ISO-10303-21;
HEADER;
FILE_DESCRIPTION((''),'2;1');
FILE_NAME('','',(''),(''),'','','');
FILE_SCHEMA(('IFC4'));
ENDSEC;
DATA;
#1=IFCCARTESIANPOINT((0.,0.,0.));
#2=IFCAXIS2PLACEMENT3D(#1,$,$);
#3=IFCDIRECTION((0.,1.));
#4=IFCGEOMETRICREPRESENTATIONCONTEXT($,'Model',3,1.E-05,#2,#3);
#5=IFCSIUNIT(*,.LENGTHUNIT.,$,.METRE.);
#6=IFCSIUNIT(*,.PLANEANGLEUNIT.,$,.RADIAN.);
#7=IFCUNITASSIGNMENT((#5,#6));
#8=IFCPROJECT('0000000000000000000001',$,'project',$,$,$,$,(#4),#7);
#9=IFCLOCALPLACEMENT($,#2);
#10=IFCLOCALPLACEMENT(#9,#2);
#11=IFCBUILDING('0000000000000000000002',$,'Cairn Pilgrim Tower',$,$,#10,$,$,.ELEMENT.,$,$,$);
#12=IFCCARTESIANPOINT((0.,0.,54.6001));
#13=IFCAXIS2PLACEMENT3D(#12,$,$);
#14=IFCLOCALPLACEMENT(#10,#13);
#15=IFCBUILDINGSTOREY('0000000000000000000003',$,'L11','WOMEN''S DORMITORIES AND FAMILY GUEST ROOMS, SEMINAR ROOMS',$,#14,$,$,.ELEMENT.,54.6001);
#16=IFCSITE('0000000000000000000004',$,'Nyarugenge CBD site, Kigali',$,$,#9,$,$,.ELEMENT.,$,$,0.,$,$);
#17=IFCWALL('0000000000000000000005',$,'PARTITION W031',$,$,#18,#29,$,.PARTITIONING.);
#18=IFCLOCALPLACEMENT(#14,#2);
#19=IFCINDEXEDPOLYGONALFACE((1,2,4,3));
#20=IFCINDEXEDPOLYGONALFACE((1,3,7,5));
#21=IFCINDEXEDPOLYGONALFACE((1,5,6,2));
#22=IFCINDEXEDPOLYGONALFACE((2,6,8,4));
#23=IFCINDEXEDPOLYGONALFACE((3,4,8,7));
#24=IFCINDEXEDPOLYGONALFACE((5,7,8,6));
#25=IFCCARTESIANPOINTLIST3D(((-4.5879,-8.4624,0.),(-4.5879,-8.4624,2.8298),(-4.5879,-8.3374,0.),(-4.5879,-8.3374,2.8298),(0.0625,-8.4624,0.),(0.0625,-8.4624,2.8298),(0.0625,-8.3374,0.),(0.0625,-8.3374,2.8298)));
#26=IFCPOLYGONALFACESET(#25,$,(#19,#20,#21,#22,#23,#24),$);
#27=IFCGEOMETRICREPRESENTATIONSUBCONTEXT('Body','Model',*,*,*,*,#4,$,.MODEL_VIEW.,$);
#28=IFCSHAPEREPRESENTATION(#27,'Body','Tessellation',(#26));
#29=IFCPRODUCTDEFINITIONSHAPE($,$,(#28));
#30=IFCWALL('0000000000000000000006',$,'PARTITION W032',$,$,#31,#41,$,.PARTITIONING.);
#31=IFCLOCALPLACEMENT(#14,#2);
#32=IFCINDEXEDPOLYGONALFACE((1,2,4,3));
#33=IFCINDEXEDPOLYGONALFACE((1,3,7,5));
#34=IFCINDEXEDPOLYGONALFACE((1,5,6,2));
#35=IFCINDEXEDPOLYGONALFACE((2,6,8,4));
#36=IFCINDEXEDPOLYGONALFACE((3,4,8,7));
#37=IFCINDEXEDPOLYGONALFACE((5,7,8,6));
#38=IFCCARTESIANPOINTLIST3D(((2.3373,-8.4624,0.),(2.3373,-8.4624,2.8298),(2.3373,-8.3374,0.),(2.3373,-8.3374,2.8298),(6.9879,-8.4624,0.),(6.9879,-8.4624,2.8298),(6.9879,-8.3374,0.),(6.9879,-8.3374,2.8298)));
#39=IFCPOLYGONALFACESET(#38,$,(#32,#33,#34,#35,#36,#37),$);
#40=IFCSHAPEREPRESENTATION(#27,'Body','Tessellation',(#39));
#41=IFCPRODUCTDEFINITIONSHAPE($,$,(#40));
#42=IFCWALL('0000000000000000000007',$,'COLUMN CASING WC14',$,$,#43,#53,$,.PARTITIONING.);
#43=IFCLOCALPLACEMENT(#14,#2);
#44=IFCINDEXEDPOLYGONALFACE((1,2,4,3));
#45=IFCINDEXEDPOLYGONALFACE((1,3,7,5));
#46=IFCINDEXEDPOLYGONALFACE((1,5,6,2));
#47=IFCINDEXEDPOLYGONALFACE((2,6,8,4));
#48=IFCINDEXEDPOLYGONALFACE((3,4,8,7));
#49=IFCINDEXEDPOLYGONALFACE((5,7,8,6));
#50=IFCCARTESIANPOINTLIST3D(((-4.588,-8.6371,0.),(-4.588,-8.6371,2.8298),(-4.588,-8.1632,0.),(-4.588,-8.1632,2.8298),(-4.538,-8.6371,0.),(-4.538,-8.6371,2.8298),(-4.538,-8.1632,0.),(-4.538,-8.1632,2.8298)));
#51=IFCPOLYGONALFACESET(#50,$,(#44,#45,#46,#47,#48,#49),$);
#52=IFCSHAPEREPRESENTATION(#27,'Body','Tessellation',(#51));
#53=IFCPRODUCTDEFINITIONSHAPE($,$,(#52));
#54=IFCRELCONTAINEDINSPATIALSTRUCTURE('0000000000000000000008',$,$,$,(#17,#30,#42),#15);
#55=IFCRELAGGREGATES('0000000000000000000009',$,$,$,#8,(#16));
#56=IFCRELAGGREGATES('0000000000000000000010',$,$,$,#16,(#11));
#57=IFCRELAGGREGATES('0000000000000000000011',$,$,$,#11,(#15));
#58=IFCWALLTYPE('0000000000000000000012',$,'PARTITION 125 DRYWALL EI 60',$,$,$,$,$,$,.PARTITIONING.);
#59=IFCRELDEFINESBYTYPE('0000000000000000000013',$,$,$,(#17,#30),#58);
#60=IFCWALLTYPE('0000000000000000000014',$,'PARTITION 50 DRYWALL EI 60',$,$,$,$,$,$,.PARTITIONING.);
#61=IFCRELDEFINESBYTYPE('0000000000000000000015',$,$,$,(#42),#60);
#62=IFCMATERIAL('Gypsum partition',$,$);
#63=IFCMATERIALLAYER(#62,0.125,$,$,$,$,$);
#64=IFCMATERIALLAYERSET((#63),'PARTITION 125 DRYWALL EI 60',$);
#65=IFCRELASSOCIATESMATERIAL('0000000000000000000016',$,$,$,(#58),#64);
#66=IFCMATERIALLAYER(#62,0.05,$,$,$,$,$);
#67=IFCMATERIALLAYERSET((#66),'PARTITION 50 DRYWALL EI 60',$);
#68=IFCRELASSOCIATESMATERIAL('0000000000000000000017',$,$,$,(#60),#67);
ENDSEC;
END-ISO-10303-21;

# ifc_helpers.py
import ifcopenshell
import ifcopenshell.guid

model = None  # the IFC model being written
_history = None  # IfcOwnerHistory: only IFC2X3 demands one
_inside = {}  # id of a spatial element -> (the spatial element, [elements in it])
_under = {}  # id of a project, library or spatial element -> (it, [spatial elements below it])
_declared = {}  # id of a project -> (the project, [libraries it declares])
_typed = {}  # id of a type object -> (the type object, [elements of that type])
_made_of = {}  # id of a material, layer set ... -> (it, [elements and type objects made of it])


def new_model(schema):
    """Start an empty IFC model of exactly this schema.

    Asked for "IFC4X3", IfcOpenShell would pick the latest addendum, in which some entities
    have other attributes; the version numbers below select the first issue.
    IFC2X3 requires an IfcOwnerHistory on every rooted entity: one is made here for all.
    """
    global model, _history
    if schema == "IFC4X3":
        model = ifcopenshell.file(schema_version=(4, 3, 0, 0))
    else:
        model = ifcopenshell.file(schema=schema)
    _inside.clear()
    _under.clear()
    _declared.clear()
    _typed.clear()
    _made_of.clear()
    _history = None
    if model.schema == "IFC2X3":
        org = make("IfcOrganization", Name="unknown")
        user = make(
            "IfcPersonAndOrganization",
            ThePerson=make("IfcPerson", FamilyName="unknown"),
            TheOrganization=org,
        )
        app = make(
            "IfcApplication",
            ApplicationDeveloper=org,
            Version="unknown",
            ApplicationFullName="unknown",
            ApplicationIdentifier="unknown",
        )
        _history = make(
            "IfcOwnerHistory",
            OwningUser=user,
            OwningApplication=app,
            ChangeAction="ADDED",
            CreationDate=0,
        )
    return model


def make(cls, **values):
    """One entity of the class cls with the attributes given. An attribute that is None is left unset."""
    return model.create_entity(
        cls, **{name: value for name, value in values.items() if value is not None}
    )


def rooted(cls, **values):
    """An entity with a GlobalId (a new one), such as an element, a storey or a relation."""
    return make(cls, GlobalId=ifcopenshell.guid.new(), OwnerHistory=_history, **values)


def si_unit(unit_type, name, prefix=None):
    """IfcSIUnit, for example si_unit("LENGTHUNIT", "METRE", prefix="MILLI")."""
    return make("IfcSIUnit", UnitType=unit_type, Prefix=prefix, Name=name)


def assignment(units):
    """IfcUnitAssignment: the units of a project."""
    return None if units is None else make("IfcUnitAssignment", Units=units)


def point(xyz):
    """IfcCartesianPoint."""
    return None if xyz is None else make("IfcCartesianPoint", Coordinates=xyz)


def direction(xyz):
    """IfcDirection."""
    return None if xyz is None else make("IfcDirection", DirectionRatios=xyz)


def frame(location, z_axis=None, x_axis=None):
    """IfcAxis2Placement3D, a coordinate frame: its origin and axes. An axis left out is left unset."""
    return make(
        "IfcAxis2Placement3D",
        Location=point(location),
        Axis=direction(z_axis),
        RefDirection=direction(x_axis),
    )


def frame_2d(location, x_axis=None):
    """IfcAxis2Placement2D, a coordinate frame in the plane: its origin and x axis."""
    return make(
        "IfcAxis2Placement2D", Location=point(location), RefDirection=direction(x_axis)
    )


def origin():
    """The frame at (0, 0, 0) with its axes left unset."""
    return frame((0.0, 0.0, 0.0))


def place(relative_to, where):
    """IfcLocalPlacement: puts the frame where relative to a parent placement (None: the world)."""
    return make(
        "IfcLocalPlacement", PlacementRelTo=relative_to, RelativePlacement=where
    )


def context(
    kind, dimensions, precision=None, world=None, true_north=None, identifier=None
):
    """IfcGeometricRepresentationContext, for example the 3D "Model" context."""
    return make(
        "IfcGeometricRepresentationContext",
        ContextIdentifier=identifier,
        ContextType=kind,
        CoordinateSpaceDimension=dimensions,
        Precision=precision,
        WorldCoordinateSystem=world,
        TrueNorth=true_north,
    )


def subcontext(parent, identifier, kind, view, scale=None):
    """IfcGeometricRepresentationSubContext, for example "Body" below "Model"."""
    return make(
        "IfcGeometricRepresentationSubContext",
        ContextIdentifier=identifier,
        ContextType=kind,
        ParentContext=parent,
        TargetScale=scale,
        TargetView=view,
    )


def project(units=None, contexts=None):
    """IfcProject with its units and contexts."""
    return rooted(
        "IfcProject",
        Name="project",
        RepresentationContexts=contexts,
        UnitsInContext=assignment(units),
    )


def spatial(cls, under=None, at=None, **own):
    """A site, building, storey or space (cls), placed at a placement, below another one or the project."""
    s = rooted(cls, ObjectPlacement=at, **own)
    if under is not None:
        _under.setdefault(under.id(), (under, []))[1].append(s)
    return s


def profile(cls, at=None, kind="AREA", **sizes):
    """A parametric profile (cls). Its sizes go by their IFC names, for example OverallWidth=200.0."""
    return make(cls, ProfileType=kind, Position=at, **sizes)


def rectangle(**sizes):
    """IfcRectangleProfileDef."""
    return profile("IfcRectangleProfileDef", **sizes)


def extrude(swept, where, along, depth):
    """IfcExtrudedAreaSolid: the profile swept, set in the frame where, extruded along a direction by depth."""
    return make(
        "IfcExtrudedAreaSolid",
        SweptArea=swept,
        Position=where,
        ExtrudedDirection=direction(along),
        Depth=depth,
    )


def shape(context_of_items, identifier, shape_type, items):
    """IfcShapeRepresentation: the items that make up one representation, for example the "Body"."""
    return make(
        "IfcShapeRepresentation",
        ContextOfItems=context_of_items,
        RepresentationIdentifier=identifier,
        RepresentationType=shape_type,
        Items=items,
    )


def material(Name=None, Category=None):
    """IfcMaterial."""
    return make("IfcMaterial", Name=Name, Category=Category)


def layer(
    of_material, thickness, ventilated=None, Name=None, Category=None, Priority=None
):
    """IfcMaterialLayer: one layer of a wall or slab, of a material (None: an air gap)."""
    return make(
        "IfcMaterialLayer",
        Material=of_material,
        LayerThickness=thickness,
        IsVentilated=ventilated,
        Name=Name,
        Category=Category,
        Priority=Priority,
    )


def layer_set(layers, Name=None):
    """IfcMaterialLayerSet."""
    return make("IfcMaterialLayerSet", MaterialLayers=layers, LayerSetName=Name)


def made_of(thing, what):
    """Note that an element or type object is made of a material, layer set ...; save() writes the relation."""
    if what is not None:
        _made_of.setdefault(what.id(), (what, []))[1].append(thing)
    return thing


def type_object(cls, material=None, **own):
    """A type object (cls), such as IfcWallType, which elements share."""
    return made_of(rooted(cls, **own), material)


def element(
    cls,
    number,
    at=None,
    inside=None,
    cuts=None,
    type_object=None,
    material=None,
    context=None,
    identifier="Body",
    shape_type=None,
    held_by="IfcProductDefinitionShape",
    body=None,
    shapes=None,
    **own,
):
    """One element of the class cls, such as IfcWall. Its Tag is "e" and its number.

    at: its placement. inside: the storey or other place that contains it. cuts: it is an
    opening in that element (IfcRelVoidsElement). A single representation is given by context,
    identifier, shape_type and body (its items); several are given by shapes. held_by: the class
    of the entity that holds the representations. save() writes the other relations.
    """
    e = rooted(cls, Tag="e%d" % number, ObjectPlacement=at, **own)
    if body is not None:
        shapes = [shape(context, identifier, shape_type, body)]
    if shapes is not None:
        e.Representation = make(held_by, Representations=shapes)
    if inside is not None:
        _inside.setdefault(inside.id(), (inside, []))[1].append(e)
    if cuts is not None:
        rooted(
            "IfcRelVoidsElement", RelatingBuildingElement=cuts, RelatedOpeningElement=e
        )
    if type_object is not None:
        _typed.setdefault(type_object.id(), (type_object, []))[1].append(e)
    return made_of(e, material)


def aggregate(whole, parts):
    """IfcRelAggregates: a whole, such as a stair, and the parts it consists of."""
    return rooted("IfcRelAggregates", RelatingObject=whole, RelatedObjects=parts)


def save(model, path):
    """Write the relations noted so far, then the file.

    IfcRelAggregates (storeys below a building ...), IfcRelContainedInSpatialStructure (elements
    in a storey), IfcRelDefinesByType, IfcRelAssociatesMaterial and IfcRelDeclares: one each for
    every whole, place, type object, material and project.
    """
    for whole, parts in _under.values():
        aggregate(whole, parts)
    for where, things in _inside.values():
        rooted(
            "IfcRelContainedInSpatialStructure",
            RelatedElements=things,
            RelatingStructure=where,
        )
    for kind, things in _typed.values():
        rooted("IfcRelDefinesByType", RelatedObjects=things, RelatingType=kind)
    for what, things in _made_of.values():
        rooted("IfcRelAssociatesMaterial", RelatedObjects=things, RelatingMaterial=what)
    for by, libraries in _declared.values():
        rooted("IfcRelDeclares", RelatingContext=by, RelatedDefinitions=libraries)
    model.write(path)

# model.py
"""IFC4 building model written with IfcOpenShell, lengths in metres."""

from ifc_helpers import new_model, si_unit, direction, frame, frame_2d, origin, place, context, subcontext, project, spatial, rectangle, extrude, material, layer, layer_set, type_object, element, save


model = new_model("IFC4")

# Units and contexts
model_context = context("Model", 3, precision=1e-05, world=origin(), true_north=direction((0.0, 1.0)))
body_context = subcontext(model_context, "Body", "Model", "MODEL_VIEW")
ifc_project = project(units=[si_unit("LENGTHUNIT", "METRE"), si_unit("PLANEANGLEUNIT", "RADIAN")], contexts=[model_context])

# Site, building, storey
site_placement = place(None, origin())
site = spatial("IfcSite", under=ifc_project, at=site_placement, Name="Nyarugenge CBD site, Kigali", CompositionType="ELEMENT", RefElevation=0.0)
building_placement = place(site_placement, origin())
building = spatial("IfcBuilding", under=site, at=building_placement, Name="Cairn Pilgrim Tower", CompositionType="ELEMENT")
storey_placement = place(building_placement, frame((0.0, 0.0, 54.6001)))
storey = spatial("IfcBuildingStorey", under=building, at=storey_placement, Name="L11", Description="WOMEN'S DORMITORIES AND FAMILY GUEST ROOMS, SEMINAR ROOMS", CompositionType="ELEMENT", Elevation=54.6001)

# Shared definitions
ifc_material_1 = material(Name="Gypsum partition")
ifc_layer_1 = layer(ifc_material_1, 0.125)
ifc_layer_set_1 = layer_set([ifc_layer_1], Name="PARTITION 125 DRYWALL EI 60")
wall_type_1 = type_object("IfcWallType", Name="PARTITION 125 DRYWALL EI 60", PredefinedType="PARTITIONING", material=ifc_layer_set_1)

# Walls
wall_1_placement = place(storey_placement, frame((-4.5879, -8.3999, 0.0), z_axis=(0.0, 0.0, 1.0), x_axis=(1.0, 0.0, 0.0)))
element("IfcWall", 1, at=wall_1_placement, inside=storey, type_object=wall_type_1, Name="PARTITION W031", PredefinedType="PARTITIONING", context=body_context, shape_type="SweptSolid", body=[
    extrude(rectangle(XDim=4.6504, YDim=0.125, at=frame_2d((2.3252, 0.0))), origin(), (0.0, 0.0, 1.0), 2.8298),
])
wall_2_placement = place(storey_placement, frame((2.3374, -8.3999, 0.0), z_axis=(0.0, 0.0, 1.0), x_axis=(1.0, 0.0, 0.0)))
element("IfcWall", 2, at=wall_2_placement, inside=storey, type_object=wall_type_1, Name="PARTITION W032", PredefinedType="PARTITIONING", context=body_context, shape_type="SweptSolid", body=[
    extrude(rectangle(XDim=4.6506, YDim=0.125, at=frame_2d((2.3252, 0.0))), origin(), (0.0, 0.0, 1.0), 2.8298),
])
ifc_layer_2 = layer(ifc_material_1, 0.05)
ifc_layer_set_2 = layer_set([ifc_layer_2], Name="PARTITION 50 DRYWALL EI 60")
wall_type_2 = type_object("IfcWallType", Name="PARTITION 50 DRYWALL EI 60", PredefinedType="PARTITIONING", material=ifc_layer_set_2)
wall_3_placement = place(storey_placement, frame((-4.563, -8.637, 0.0), z_axis=(0.0, 0.0, 1.0), x_axis=(0.0, 1.0, 0.0)))
element("IfcWall", 3, at=wall_3_placement, inside=storey, type_object=wall_type_2, Name="COLUMN CASING WC14", PredefinedType="PARTITIONING", context=body_context, shape_type="SweptSolid", body=[
    extrude(rectangle(XDim=0.4739, YDim=0.05, at=frame_2d((0.2368, 0.0))), origin(), (0.0, 0.0, 1.0), 2.8298),
])

save(model, "model.ifc")
